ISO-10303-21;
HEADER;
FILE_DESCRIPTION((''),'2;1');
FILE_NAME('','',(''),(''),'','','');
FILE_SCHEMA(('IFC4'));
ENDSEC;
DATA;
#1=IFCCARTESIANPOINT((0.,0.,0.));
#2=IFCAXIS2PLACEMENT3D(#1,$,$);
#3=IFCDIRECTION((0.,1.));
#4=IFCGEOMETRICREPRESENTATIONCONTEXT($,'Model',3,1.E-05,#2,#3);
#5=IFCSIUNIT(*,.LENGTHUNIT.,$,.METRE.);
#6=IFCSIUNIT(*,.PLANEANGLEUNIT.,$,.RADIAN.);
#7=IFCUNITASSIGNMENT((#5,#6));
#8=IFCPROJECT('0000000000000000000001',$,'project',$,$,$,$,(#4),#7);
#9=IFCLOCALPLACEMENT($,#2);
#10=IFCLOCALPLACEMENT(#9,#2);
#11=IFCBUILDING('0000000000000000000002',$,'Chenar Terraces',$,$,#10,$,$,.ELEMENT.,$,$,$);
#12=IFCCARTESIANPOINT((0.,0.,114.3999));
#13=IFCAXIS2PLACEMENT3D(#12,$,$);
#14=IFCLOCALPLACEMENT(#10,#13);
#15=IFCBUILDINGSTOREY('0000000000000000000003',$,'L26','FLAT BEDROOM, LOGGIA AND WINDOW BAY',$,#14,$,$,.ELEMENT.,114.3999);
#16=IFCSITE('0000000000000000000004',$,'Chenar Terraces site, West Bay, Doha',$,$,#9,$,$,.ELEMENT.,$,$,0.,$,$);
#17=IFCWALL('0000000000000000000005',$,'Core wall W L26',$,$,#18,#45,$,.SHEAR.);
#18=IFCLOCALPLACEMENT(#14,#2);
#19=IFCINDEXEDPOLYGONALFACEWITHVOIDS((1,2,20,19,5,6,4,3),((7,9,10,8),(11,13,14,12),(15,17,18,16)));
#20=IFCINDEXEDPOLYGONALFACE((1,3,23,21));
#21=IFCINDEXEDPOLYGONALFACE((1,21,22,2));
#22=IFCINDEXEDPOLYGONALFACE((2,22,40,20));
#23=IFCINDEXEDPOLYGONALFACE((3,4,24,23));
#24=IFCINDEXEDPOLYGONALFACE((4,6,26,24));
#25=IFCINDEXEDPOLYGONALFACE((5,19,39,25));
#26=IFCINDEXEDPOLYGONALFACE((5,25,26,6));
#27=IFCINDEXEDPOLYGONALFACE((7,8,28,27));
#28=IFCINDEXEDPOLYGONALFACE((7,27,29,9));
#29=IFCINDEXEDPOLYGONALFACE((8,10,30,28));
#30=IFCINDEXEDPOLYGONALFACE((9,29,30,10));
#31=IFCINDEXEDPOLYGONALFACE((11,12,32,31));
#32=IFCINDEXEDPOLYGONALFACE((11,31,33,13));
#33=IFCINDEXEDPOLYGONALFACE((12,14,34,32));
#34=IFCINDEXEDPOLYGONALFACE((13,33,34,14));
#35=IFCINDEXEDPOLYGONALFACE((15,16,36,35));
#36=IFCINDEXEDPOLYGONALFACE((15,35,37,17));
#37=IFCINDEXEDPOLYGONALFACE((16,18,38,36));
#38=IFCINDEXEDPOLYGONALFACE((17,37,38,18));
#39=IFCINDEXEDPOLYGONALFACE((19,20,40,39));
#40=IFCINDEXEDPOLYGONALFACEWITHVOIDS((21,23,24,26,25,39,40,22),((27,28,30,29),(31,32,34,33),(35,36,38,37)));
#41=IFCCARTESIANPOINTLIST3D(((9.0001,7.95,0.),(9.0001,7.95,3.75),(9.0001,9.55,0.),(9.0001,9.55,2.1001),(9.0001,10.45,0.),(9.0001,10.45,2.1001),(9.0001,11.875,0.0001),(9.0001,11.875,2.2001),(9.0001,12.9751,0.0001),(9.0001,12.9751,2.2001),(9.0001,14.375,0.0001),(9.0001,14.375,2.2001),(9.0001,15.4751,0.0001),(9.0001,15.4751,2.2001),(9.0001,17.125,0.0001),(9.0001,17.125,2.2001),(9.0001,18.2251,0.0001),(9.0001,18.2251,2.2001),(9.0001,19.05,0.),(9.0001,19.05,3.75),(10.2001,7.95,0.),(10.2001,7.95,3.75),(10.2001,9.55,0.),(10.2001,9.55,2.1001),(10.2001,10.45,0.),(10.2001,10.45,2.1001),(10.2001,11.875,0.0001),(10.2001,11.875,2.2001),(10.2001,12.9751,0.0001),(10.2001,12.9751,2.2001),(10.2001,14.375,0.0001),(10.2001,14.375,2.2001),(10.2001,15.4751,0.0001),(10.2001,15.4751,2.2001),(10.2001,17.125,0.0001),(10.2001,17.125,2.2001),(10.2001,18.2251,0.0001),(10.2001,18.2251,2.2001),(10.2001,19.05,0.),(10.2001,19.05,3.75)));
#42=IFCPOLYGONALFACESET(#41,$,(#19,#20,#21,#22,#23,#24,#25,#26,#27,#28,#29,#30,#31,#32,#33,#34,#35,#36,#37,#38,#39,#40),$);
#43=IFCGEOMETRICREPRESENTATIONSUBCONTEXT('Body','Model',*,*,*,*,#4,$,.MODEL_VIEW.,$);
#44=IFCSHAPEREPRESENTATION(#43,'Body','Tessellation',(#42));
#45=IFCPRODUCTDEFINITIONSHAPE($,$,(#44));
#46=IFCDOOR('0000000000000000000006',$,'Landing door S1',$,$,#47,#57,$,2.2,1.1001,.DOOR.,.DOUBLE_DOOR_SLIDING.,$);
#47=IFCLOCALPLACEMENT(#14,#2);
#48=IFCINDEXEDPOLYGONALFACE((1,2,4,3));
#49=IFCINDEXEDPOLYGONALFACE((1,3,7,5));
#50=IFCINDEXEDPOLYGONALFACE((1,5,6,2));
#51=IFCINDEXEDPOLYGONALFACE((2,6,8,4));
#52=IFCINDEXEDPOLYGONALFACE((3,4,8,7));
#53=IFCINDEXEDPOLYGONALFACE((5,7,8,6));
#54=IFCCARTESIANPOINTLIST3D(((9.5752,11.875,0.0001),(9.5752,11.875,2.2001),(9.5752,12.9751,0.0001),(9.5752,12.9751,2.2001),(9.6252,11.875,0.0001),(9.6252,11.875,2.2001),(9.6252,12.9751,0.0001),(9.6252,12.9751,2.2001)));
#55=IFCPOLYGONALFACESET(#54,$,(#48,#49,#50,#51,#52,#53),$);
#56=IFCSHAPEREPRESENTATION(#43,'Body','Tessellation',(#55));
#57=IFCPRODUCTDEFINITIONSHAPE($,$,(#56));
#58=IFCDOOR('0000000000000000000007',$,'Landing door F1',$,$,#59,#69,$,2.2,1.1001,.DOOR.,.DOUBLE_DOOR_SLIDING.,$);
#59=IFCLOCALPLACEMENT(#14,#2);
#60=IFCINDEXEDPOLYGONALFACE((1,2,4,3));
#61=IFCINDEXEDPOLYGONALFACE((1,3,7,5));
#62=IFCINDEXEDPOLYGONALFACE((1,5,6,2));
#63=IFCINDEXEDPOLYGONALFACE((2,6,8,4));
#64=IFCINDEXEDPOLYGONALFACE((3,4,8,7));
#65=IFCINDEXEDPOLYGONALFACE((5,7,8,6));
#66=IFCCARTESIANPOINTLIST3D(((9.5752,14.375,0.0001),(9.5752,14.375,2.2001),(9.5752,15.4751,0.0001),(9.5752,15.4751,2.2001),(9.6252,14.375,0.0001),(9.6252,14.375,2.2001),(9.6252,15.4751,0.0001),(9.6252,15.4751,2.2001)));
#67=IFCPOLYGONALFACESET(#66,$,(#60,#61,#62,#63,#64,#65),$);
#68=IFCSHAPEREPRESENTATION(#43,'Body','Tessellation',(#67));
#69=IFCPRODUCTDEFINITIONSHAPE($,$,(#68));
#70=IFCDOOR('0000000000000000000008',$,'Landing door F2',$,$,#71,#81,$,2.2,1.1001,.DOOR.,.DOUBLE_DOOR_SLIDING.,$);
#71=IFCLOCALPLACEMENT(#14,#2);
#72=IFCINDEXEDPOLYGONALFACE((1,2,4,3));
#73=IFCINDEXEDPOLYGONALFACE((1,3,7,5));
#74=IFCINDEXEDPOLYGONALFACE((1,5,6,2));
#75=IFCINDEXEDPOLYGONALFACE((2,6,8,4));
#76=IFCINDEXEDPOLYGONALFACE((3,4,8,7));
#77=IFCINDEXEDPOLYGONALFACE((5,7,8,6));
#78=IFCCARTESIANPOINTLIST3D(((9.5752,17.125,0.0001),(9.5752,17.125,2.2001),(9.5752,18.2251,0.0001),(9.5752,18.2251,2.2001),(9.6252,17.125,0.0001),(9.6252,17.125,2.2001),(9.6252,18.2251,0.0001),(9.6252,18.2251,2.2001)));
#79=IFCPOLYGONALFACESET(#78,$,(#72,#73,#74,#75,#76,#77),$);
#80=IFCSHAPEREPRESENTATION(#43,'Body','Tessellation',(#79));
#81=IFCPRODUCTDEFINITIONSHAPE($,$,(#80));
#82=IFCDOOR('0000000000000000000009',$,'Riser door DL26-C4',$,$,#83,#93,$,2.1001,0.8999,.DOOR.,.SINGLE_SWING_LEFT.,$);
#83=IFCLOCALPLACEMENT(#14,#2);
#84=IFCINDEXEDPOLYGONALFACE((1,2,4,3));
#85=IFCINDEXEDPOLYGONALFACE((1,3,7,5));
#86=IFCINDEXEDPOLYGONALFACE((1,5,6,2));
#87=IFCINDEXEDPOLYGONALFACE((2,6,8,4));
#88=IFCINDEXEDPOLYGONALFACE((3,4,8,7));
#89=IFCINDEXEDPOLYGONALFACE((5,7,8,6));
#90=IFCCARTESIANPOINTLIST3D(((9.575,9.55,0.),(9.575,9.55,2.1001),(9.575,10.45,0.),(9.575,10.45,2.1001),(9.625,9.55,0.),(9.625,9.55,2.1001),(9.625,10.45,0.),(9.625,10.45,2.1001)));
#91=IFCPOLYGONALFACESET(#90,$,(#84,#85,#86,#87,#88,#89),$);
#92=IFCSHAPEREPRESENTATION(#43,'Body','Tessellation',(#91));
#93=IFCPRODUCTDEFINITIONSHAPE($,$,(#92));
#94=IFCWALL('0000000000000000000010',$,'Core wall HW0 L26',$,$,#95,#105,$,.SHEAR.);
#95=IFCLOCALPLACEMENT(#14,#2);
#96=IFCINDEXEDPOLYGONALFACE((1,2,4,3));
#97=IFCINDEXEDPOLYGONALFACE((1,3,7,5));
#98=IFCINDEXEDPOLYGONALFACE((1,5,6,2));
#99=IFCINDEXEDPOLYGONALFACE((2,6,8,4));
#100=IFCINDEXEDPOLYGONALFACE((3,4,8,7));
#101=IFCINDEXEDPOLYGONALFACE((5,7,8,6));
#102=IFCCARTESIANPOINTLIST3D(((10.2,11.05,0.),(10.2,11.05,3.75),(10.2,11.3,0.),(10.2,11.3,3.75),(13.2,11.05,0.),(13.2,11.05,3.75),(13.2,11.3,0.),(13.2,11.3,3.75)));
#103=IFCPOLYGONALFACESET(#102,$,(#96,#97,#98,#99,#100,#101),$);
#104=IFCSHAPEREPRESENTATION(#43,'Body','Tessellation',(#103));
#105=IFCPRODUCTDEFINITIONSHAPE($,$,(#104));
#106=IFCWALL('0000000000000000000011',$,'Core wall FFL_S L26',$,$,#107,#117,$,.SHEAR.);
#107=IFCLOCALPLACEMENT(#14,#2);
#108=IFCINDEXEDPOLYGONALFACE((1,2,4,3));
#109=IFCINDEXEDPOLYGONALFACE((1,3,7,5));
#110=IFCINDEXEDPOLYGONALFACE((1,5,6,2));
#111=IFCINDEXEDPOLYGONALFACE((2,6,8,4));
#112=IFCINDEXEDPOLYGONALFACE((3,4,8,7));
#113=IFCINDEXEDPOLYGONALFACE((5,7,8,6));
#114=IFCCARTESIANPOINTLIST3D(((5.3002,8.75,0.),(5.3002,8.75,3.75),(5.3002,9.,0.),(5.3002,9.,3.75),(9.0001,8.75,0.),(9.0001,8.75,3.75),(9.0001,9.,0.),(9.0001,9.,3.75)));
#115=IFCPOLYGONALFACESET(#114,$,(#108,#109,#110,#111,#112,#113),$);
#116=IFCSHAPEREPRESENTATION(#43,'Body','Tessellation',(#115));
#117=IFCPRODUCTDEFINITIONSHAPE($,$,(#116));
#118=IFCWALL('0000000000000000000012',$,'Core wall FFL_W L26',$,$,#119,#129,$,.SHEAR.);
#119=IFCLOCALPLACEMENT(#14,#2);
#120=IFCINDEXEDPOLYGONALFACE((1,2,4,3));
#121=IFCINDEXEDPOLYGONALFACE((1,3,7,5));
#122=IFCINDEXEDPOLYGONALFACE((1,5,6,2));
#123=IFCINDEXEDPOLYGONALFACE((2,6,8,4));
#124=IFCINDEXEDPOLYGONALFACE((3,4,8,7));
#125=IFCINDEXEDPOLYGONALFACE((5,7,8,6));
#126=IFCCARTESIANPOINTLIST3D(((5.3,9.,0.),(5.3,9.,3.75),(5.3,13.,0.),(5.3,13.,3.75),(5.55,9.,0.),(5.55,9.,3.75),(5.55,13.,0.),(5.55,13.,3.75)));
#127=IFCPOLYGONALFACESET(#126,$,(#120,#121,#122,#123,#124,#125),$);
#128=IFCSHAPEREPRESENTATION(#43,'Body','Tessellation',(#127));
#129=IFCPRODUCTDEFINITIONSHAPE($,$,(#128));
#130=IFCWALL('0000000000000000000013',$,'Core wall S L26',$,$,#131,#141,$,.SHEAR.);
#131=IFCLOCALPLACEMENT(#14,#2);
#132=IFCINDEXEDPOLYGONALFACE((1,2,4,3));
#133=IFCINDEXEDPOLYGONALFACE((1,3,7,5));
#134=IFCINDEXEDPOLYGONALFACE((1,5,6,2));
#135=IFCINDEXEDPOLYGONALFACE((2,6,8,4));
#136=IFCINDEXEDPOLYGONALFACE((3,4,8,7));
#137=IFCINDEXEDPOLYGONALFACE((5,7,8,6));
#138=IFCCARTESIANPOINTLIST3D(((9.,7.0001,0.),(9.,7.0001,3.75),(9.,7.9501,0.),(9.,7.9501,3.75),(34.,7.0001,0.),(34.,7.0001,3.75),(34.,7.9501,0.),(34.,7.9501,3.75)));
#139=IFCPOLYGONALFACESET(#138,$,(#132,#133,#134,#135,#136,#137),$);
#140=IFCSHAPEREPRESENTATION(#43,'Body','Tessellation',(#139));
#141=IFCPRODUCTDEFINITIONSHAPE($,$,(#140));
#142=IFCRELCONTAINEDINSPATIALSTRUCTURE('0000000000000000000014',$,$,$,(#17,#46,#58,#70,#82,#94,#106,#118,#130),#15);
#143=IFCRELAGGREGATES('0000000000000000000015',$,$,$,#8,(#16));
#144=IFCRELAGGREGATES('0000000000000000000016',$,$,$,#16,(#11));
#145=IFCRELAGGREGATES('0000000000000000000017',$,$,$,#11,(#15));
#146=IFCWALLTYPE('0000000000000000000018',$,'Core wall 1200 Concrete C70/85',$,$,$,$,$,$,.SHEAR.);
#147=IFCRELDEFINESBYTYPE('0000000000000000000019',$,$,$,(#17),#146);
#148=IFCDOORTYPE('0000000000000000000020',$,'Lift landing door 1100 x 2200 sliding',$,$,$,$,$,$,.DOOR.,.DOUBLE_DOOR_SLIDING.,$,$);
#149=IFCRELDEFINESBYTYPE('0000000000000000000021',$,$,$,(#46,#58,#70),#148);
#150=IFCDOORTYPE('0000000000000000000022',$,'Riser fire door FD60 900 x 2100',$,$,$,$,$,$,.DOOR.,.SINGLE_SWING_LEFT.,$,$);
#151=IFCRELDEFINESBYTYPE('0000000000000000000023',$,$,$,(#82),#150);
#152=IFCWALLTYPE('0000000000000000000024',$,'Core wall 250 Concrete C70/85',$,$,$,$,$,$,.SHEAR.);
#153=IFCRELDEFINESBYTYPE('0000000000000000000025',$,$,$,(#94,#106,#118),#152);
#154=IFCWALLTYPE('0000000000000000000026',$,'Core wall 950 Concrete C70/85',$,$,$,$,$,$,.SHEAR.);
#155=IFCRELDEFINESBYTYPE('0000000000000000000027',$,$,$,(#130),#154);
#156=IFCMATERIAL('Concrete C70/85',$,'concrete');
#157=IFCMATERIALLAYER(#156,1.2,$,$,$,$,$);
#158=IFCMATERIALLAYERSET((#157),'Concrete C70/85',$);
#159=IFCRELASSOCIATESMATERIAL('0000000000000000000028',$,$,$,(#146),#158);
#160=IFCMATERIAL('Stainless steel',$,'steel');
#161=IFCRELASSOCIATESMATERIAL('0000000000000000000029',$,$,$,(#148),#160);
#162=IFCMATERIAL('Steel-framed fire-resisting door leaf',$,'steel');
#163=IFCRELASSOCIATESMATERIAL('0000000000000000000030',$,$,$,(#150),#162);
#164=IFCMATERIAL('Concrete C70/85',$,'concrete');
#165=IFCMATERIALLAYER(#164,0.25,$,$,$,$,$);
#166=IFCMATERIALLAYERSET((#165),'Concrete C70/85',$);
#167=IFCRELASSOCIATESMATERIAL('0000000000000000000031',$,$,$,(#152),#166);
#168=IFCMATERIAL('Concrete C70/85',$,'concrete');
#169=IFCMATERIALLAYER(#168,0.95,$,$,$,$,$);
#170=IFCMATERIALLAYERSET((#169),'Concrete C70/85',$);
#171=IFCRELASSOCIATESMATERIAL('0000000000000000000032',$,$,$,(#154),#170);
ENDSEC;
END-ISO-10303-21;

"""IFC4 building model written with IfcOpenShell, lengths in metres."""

from ifc_helpers import new_model, si_unit, direction, frame, frame_2d, origin, place, context, subcontext, project, spatial, rectangle, extrude, material, layer, layer_set, type_object, element, fill, save


model = new_model("IFC4")

# Units and contexts
model_context = context("Model", 3, precision=1e-05, world=origin(), true_north=direction((0.0, 1.0)))
body_context = subcontext(model_context, "Body", "Model", "MODEL_VIEW")
ifc_project = project(units=[si_unit("LENGTHUNIT", "METRE"), si_unit("PLANEANGLEUNIT", "RADIAN")], contexts=[model_context])

# Site, building, storey
site_placement = place(None, origin())
site = spatial("IfcSite", under=ifc_project, at=site_placement, Name="Chenar Terraces site, West Bay, Doha", CompositionType="ELEMENT", RefElevation=0.0)
building_placement = place(site_placement, origin())
building = spatial("IfcBuilding", under=site, at=building_placement, Name="Chenar Terraces", CompositionType="ELEMENT")
storey_placement = place(building_placement, frame((0.0, 0.0, 114.3999)))
storey = spatial("IfcBuildingStorey", under=building, at=storey_placement, Name="L26", Description="FLAT BEDROOM, LOGGIA AND WINDOW BAY", CompositionType="ELEMENT", Elevation=114.3999)

# Wall, openings, doors
ifc_material_1 = material(Name="Concrete C70/85", Category="concrete")
ifc_layer_1 = layer(ifc_material_1, 1.2)
ifc_layer_set_1 = layer_set([ifc_layer_1], Name="Concrete C70/85")
wall_type_1 = type_object("IfcWallType", Name="Core wall 1200 Concrete C70/85", PredefinedType="SHEAR", material=ifc_layer_set_1)
wall_1_placement = place(storey_placement, frame((9.6001, 7.95, 0.0), z_axis=(0.0, 0.0, 1.0), x_axis=(0.0, 1.0, 0.0)))
wall_1 = element("IfcWall", 1, at=wall_1_placement, inside=storey, type_object=wall_type_1, Name="Core wall W L26", PredefinedType="SHEAR", context=body_context, shape_type="SweptSolid", body=[
    extrude(rectangle(XDim=11.1001, YDim=1.2, at=frame_2d((5.55, 0.0))), origin(), (0.0, 0.0, 1.0), 3.75),
])
opening_1_placement = place(wall_1_placement, frame((3.925, 0.0, 0.0)))
opening_1 = element("IfcOpeningElement", 2, at=opening_1_placement, cuts=wall_1, PredefinedType="OPENING", context=body_context, shape_type="SweptSolid", body=[
    extrude(rectangle(XDim=1.1001, YDim=2.2, at=frame_2d((0.55, 1.1001))), frame((0.0, 0.6099, 0.0), z_axis=(0.0, -1.0, 0.0), x_axis=(1.0, 0.0, 0.0)), (0.0, 0.0, 1.0), 1.22),
])
opening_2_placement = place(wall_1_placement, frame((6.425, 0.0, 0.0)))
opening_2 = element("IfcOpeningElement", 3, at=opening_2_placement, cuts=wall_1, PredefinedType="OPENING", context=body_context, shape_type="SweptSolid", body=[
    extrude(rectangle(XDim=1.1001, YDim=2.2, at=frame_2d((0.55, 1.1001))), frame((0.0, 0.6099, 0.0), z_axis=(0.0, -1.0, 0.0), x_axis=(1.0, 0.0, 0.0)), (0.0, 0.0, 1.0), 1.22),
])
opening_3_placement = place(wall_1_placement, frame((9.175, 0.0, 0.0)))
opening_3 = element("IfcOpeningElement", 4, at=opening_3_placement, cuts=wall_1, PredefinedType="OPENING", context=body_context, shape_type="SweptSolid", body=[
    extrude(rectangle(XDim=1.1001, YDim=2.2, at=frame_2d((0.55, 1.1001))), frame((0.0, 0.6099, 0.0), z_axis=(0.0, -1.0, 0.0), x_axis=(1.0, 0.0, 0.0)), (0.0, 0.0, 1.0), 1.22),
])
opening_4_placement = place(wall_1_placement, frame((1.6001, 0.0, 0.0)))
opening_4 = element("IfcOpeningElement", 5, at=opening_4_placement, cuts=wall_1, PredefinedType="OPENING", context=body_context, shape_type="SweptSolid", body=[
    extrude(rectangle(XDim=0.8999, YDim=2.1001, at=frame_2d((0.45, 1.05))), frame((0.0, 0.6099, 0.0), z_axis=(0.0, -1.0, 0.0), x_axis=(1.0, 0.0, 0.0)), (0.0, 0.0, 1.0), 1.22),
])
ifc_material_2 = material(Name="Stainless steel", Category="steel")
door_type_1 = type_object("IfcDoorType", Name="Lift landing door 1100 x 2200 sliding", OperationType="DOUBLE_DOOR_SLIDING", PredefinedType="DOOR", material=ifc_material_2)
door_1_placement = place(opening_1_placement, origin())
door_1 = element("IfcDoor", 6, at=door_1_placement, inside=storey, type_object=door_type_1, Name="Landing door S1", OperationType="DOUBLE_DOOR_SLIDING", OverallHeight=2.2, OverallWidth=1.1001, PredefinedType="DOOR", context=body_context, shape_type="SweptSolid", body=[
    extrude(rectangle(XDim=1.1001, YDim=2.2, at=frame_2d((0.55, 1.1001))), frame((0.0, 0.0249, 0.0), z_axis=(0.0, -1.0, 0.0), x_axis=(1.0, 0.0, 0.0)), (0.0, 0.0, 1.0), 0.05),
])
fill(opening_1, door_1)
door_2_placement = place(opening_2_placement, origin())
door_2 = element("IfcDoor", 7, at=door_2_placement, inside=storey, type_object=door_type_1, Name="Landing door F1", OperationType="DOUBLE_DOOR_SLIDING", OverallHeight=2.2, OverallWidth=1.1001, PredefinedType="DOOR", context=body_context, shape_type="SweptSolid", body=[
    extrude(rectangle(XDim=1.1001, YDim=2.2, at=frame_2d((0.55, 1.1001))), frame((0.0, 0.0249, 0.0), z_axis=(0.0, -1.0, 0.0), x_axis=(1.0, 0.0, 0.0)), (0.0, 0.0, 1.0), 0.05),
])
fill(opening_2, door_2)
door_3_placement = place(opening_3_placement, origin())
door_3 = element("IfcDoor", 8, at=door_3_placement, inside=storey, type_object=door_type_1, Name="Landing door F2", OperationType="DOUBLE_DOOR_SLIDING", OverallHeight=2.2, OverallWidth=1.1001, PredefinedType="DOOR", context=body_context, shape_type="SweptSolid", body=[
    extrude(rectangle(XDim=1.1001, YDim=2.2, at=frame_2d((0.55, 1.1001))), frame((0.0, 0.0249, 0.0), z_axis=(0.0, -1.0, 0.0), x_axis=(1.0, 0.0, 0.0)), (0.0, 0.0, 1.0), 0.05),
])
fill(opening_3, door_3)
ifc_material_3 = material(Name="Steel-framed fire-resisting door leaf", Category="steel")
door_type_2 = type_object("IfcDoorType", Name="Riser fire door FD60 900 x 2100", OperationType="SINGLE_SWING_LEFT", PredefinedType="DOOR", material=ifc_material_3)
door_4_placement = place(opening_4_placement, frame((0.8999, 0.0, 0.0), z_axis=(0.0, 0.0, 1.0), x_axis=(-1.0, 0.0, 0.0)))
door_4 = element("IfcDoor", 9, at=door_4_placement, inside=storey, type_object=door_type_2, Name="Riser door DL26-C4", OperationType="SINGLE_SWING_LEFT", OverallHeight=2.1001, OverallWidth=0.8999, PredefinedType="DOOR", context=body_context, shape_type="SweptSolid", body=[
    extrude(rectangle(XDim=0.8999, YDim=2.1001, at=frame_2d((0.45, 1.05))), frame((0.0, 0.0249, 0.0), z_axis=(0.0, -1.0, 0.0), x_axis=(1.0, 0.0, 0.0)), (0.0, 0.0, 1.0), 0.05),
])
fill(opening_4, door_4)

# Walls
ifc_material_4 = material(Name="Concrete C70/85", Category="concrete")
ifc_layer_2 = layer(ifc_material_4, 0.25)
ifc_layer_set_2 = layer_set([ifc_layer_2], Name="Concrete C70/85")
wall_type_2 = type_object("IfcWallType", Name="Core wall 250 Concrete C70/85", PredefinedType="SHEAR", material=ifc_layer_set_2)
wall_2_placement = place(storey_placement, frame((10.2, 11.175, 0.0), z_axis=(0.0, 0.0, 1.0), x_axis=(1.0, 0.0, 0.0)))
element("IfcWall", 10, at=wall_2_placement, inside=storey, type_object=wall_type_2, Name="Core wall HW0 L26", PredefinedType="SHEAR", context=body_context, shape_type="SweptSolid", body=[
    extrude(rectangle(XDim=3.0, YDim=0.25, at=frame_2d((1.5, 0.0))), origin(), (0.0, 0.0, 1.0), 3.75),
])
wall_3_placement = place(storey_placement, frame((5.3, 8.875, 0.0), z_axis=(0.0, 0.0, 1.0), x_axis=(1.0, 0.0, 0.0)))
element("IfcWall", 11, at=wall_3_placement, inside=storey, type_object=wall_type_2, Name="Core wall FFL_S L26", PredefinedType="SHEAR", context=body_context, shape_type="SweptSolid", body=[
    extrude(rectangle(XDim=3.7, YDim=0.25, at=frame_2d((1.8501, 0.0))), origin(), (0.0, 0.0, 1.0), 3.75),
])
wall_4_placement = place(storey_placement, frame((5.425, 9.0, 0.0), z_axis=(0.0, 0.0, 1.0), x_axis=(0.0, 1.0, 0.0)))
element("IfcWall", 12, at=wall_4_placement, inside=storey, type_object=wall_type_2, Name="Core wall FFL_W L26", PredefinedType="SHEAR", context=body_context, shape_type="SweptSolid", body=[
    extrude(rectangle(XDim=4.0, YDim=0.25, at=frame_2d((2.0, 0.0))), origin(), (0.0, 0.0, 1.0), 3.75),
])
ifc_material_5 = material(Name="Concrete C70/85", Category="concrete")
ifc_layer_3 = layer(ifc_material_5, 0.95)
ifc_layer_set_3 = layer_set([ifc_layer_3], Name="Concrete C70/85")
wall_type_3 = type_object("IfcWallType", Name="Core wall 950 Concrete C70/85", PredefinedType="SHEAR", material=ifc_layer_set_3)
wall_5_placement = place(storey_placement, frame((9.0, 7.4751, 0.0), z_axis=(0.0, 0.0, 1.0), x_axis=(1.0, 0.0, 0.0)))
element("IfcWall", 13, at=wall_5_placement, inside=storey, type_object=wall_type_3, Name="Core wall S L26", PredefinedType="SHEAR", context=body_context, shape_type="SweptSolid", body=[
    extrude(rectangle(XDim=25.0, YDim=0.95, at=frame_2d((12.5, 0.0))), origin(), (0.0, 0.0, 1.0), 3.75),
])

save(model, "model.ifc")
